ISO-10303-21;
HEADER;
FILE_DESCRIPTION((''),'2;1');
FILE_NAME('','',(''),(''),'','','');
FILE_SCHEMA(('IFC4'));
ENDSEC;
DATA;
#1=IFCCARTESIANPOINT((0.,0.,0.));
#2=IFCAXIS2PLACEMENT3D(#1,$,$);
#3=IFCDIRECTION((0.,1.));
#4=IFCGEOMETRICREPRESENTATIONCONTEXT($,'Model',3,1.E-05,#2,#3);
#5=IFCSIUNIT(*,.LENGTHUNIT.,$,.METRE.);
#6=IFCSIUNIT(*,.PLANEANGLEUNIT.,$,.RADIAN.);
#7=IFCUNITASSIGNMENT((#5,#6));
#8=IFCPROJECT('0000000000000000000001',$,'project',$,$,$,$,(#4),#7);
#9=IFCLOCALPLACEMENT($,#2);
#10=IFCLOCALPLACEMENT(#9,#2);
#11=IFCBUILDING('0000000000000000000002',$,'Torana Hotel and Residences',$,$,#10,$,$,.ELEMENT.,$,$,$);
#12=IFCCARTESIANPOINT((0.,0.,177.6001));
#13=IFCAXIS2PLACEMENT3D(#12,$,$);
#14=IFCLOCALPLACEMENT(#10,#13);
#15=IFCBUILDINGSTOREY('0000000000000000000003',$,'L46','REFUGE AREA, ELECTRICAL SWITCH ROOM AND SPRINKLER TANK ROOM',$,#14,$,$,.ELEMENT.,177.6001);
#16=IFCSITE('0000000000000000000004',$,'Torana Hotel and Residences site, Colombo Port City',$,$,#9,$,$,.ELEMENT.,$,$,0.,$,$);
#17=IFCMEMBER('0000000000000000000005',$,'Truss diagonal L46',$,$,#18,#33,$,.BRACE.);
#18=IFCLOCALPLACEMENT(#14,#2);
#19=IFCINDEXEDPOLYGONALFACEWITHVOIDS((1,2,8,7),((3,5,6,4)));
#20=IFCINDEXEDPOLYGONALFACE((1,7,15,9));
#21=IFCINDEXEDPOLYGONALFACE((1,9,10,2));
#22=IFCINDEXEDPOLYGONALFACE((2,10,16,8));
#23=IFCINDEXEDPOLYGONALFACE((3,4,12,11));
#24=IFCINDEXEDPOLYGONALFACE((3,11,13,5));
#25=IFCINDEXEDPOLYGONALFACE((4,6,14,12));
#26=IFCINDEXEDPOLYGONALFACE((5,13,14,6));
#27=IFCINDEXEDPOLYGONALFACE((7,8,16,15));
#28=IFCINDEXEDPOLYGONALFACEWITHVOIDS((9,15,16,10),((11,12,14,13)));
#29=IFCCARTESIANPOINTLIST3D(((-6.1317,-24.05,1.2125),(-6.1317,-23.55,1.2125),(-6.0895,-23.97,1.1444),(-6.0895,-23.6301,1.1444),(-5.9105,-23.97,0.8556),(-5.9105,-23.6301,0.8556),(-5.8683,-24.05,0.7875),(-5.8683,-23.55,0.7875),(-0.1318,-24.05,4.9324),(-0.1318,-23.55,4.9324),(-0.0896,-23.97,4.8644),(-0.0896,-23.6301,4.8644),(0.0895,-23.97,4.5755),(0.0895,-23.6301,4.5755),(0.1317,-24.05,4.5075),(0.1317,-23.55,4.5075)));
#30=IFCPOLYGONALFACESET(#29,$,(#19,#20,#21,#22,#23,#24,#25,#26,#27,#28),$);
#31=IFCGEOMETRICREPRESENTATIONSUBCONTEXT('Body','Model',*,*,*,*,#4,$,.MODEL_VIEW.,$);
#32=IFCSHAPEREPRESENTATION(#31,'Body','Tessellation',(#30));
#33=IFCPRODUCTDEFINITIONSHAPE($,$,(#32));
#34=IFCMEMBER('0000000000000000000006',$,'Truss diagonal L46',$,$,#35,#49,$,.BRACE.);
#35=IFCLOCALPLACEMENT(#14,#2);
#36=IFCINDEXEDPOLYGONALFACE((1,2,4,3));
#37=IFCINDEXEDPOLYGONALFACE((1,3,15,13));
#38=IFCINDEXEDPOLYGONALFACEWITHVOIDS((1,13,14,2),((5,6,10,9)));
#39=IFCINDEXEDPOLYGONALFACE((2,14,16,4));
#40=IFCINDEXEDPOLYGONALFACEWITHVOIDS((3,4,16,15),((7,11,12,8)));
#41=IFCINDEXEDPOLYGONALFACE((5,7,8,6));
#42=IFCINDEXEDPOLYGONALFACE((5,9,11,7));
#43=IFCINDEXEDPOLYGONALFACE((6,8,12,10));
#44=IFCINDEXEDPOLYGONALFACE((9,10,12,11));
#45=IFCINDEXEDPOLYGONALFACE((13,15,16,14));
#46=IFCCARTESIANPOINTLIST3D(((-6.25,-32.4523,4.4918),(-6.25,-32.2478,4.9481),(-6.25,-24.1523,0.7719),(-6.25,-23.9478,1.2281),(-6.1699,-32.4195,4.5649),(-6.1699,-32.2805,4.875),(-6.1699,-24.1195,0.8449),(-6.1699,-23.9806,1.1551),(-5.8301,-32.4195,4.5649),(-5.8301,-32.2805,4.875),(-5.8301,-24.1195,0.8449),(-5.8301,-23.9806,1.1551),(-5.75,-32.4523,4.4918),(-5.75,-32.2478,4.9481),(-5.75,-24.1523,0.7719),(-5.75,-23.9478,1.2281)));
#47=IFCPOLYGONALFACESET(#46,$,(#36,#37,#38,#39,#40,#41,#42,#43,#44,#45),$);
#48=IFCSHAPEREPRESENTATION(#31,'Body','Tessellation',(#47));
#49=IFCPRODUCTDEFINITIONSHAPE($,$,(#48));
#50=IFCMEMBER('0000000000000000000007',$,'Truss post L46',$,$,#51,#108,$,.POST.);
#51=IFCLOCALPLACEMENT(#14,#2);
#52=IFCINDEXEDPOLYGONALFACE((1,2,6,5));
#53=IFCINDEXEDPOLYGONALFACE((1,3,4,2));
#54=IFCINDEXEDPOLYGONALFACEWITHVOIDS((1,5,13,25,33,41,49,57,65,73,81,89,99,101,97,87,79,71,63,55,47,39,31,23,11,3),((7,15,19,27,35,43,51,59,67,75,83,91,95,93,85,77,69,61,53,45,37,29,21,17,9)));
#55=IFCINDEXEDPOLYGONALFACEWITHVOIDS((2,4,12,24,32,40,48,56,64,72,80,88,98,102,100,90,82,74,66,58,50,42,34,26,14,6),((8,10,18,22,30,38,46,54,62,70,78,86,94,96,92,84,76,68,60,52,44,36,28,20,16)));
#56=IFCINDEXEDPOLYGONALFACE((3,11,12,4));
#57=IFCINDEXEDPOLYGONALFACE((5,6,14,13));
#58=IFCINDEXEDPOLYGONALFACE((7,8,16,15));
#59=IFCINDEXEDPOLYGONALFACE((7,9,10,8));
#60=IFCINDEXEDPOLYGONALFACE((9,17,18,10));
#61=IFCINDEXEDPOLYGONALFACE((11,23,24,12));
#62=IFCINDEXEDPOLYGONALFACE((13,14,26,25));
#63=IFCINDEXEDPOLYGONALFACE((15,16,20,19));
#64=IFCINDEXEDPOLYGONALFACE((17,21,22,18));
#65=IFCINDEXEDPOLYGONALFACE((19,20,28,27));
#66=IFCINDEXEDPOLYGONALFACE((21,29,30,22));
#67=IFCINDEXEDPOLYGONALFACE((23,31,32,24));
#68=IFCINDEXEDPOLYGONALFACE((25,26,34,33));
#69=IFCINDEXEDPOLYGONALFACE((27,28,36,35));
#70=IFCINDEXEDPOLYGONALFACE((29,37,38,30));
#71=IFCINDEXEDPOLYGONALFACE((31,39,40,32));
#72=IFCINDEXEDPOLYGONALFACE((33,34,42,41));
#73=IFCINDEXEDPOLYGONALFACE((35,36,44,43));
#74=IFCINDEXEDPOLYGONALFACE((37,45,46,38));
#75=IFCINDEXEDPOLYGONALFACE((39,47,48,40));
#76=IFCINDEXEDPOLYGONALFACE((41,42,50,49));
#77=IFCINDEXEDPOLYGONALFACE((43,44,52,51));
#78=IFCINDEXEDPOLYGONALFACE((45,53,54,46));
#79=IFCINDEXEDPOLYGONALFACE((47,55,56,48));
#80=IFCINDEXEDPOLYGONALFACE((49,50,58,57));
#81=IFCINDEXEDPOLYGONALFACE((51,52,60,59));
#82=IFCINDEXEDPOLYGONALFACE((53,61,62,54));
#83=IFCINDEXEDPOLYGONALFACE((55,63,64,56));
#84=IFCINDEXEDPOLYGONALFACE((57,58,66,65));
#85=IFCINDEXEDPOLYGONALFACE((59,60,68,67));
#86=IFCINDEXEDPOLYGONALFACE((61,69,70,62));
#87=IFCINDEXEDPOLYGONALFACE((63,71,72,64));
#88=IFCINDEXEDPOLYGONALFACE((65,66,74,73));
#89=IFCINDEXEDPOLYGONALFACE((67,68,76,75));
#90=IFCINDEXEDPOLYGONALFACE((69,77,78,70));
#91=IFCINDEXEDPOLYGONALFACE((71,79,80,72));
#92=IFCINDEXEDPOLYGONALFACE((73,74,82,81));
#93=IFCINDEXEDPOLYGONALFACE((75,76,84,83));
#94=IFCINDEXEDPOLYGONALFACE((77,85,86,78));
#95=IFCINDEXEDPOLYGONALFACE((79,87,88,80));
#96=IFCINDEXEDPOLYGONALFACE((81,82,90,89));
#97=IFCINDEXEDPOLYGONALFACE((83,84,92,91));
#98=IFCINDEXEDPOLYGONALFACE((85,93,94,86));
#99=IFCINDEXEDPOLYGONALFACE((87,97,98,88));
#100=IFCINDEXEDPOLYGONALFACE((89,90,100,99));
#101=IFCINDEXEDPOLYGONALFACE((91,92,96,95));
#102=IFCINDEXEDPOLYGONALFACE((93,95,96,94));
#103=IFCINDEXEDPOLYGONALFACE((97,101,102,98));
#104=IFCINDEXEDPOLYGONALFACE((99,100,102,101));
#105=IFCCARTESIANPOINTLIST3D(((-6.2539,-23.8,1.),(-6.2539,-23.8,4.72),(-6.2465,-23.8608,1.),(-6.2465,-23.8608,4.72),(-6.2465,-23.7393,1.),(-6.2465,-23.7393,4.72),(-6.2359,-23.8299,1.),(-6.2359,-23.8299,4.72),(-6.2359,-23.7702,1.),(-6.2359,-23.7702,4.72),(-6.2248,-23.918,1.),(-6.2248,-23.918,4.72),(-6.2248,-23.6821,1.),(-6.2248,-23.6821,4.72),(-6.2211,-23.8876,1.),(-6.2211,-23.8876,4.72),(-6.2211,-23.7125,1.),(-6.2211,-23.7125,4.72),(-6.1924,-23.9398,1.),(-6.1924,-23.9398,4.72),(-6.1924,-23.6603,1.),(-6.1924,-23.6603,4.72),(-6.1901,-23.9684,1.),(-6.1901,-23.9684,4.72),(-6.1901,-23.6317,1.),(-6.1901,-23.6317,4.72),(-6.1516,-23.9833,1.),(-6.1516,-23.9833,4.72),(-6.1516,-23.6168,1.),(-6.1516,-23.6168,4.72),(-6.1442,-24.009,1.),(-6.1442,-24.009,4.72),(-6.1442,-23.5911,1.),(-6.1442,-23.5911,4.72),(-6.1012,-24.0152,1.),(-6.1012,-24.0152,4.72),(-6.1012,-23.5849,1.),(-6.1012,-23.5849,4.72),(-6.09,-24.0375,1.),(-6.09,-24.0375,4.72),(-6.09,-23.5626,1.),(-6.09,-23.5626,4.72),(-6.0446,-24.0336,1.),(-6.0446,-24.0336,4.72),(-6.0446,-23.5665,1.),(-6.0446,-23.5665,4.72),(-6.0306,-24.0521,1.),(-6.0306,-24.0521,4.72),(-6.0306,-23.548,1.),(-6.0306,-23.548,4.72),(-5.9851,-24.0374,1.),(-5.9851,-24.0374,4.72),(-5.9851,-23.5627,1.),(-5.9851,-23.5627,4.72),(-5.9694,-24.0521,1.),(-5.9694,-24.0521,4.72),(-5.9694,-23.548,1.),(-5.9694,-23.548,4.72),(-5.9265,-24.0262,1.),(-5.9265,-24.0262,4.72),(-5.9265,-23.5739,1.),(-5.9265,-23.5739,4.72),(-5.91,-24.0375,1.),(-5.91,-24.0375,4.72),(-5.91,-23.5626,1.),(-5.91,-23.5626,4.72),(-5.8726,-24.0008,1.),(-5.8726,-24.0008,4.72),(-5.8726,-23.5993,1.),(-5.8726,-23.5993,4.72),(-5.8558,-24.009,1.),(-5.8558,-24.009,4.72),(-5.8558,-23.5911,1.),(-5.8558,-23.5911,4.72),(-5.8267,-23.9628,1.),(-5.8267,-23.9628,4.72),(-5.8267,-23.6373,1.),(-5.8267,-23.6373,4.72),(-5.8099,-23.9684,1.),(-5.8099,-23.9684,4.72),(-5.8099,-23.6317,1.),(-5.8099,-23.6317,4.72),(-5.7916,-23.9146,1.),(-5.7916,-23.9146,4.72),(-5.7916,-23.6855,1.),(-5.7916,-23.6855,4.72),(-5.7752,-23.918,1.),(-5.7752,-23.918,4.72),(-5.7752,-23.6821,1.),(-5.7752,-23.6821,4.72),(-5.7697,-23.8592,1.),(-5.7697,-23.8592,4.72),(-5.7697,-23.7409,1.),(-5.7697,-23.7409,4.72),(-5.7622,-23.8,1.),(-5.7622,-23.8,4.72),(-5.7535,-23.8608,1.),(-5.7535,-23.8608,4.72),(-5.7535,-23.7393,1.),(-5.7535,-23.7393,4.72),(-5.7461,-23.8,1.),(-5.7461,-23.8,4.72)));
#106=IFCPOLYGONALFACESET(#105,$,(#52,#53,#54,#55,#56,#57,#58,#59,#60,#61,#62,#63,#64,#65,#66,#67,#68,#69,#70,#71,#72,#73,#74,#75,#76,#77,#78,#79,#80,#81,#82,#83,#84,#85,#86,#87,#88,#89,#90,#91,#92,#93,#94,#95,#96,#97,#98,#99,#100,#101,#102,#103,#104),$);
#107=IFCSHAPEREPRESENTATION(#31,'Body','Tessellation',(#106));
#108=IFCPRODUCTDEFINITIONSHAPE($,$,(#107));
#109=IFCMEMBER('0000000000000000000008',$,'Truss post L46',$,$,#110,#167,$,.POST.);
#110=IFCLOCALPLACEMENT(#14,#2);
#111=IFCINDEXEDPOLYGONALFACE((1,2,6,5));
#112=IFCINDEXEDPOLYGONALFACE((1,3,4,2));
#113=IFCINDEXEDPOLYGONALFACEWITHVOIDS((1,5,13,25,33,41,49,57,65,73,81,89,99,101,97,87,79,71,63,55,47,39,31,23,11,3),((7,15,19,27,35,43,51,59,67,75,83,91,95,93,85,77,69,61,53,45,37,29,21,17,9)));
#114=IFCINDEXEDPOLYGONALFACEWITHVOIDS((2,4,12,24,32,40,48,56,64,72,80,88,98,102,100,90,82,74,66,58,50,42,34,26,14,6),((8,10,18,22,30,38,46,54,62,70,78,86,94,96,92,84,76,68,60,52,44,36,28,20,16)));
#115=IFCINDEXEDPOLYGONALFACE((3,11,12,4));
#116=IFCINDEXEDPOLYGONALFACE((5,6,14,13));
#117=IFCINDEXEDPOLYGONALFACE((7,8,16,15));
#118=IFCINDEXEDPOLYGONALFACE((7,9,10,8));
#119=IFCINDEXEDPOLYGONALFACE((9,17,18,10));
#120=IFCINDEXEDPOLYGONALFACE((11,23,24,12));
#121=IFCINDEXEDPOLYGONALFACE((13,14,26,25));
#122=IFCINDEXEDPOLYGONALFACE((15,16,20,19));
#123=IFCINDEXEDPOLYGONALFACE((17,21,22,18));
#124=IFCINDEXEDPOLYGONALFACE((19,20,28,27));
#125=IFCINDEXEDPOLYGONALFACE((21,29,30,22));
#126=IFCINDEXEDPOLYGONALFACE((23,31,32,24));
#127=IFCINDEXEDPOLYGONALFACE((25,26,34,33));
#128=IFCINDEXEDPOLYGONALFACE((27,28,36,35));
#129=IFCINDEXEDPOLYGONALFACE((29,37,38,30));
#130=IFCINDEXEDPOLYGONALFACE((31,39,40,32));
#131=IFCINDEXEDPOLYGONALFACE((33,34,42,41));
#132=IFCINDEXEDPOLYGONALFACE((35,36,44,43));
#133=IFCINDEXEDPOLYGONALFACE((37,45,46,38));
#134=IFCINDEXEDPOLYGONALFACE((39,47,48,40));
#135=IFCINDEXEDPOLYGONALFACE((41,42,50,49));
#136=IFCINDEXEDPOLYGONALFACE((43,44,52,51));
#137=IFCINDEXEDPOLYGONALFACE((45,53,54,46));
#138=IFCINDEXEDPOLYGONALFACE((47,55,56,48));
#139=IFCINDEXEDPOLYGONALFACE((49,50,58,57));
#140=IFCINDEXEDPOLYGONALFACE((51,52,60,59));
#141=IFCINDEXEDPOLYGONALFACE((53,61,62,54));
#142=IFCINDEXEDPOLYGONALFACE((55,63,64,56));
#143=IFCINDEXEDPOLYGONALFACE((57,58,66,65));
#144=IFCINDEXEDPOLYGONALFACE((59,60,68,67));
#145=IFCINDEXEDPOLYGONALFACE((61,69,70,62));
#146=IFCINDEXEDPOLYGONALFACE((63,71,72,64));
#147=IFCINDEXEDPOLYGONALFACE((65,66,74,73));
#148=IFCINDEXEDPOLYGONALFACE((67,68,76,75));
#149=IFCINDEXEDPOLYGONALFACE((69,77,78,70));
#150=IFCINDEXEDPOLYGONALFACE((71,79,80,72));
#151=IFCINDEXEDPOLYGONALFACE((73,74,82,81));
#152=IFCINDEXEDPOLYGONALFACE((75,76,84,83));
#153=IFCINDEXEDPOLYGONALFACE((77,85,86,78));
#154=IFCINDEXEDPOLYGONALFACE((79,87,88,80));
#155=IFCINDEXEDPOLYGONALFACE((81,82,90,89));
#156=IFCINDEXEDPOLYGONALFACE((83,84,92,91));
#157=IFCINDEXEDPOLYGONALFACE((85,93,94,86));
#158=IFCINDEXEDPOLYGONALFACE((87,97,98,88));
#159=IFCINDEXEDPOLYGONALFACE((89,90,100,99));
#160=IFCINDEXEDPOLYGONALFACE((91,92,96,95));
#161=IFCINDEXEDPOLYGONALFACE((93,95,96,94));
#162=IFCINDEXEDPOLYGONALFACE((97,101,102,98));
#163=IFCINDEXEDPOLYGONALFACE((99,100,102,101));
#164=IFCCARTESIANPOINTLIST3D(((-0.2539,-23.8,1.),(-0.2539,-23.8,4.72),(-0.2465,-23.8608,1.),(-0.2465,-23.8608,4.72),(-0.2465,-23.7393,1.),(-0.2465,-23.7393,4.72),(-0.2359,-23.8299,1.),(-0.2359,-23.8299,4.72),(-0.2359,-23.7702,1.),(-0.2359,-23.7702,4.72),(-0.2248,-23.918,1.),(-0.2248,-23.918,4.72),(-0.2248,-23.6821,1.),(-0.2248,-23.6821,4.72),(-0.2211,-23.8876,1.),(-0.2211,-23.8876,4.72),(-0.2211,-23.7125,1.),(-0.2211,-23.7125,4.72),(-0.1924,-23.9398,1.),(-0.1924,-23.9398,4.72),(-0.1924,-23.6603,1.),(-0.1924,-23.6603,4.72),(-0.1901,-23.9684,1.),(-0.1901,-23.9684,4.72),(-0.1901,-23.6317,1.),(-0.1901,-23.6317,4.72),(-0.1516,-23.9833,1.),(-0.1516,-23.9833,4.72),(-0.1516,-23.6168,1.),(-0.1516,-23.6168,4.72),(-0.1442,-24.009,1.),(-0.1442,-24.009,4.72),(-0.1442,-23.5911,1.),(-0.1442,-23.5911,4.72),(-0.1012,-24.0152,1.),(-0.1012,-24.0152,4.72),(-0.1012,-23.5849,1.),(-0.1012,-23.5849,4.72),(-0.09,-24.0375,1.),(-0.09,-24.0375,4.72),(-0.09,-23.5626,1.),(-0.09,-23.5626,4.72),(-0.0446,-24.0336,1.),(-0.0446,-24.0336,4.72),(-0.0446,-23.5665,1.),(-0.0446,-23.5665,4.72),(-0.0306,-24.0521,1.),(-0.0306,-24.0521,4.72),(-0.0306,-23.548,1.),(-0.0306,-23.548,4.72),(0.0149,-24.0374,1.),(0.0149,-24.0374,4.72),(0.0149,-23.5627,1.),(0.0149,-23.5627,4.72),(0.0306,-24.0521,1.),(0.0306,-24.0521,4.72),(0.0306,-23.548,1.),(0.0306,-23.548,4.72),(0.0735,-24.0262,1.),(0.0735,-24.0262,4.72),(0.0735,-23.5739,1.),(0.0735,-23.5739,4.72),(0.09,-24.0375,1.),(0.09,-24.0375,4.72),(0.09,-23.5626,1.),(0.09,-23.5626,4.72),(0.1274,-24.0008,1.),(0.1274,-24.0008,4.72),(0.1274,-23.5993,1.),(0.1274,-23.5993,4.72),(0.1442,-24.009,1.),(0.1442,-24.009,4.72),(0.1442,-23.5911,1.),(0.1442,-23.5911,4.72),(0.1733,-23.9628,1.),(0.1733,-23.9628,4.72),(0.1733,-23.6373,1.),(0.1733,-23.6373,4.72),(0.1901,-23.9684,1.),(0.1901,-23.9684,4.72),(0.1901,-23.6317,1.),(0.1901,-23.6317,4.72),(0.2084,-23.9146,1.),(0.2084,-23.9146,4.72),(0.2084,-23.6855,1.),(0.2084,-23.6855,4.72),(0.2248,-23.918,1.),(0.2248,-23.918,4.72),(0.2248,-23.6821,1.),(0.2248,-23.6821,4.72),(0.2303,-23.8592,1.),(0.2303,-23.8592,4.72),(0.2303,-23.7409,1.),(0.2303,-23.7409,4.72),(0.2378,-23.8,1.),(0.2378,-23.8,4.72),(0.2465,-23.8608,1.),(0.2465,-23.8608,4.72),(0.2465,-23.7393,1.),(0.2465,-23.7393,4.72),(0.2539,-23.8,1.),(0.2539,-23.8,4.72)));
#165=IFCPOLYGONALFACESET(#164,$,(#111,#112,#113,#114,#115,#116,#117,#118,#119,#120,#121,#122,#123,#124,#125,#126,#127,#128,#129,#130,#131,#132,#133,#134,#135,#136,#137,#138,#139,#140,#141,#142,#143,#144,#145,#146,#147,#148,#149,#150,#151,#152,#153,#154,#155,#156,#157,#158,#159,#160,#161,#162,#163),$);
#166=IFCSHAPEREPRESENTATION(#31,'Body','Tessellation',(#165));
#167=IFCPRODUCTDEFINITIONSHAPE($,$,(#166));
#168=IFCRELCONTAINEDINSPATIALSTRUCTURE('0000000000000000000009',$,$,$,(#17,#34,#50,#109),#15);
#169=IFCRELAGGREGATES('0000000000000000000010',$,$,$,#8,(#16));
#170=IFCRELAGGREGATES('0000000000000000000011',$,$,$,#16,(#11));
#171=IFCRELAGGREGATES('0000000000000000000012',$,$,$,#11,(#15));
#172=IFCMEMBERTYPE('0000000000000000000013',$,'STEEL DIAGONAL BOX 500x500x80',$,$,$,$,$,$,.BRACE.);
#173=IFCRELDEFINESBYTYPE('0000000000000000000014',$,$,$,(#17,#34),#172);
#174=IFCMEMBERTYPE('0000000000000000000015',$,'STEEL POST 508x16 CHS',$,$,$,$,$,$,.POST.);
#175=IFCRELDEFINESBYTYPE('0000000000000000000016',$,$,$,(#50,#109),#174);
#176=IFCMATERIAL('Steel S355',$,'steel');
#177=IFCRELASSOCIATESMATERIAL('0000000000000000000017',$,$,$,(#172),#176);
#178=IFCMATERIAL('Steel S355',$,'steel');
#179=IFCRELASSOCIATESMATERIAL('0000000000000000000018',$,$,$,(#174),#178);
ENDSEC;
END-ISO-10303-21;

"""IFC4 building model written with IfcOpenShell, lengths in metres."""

from ifc_helpers import new_model, si_unit, direction, frame, origin, origin_2d, place, context, subcontext, project, spatial, hollow_rectangle, hollow_circle, extrude, material, material_profile, profile_set, type_object, element, save


model = new_model("IFC4")

# Units and contexts
model_context = context("Model", 3, precision=1e-05, world=origin(), true_north=direction((0.0, 1.0)))
body_context = subcontext(model_context, "Body", "Model", "MODEL_VIEW")
ifc_project = project(units=[si_unit("LENGTHUNIT", "METRE"), si_unit("PLANEANGLEUNIT", "RADIAN")], contexts=[model_context])

# Site, building, storey
site_placement = place(None, origin())
site = spatial("IfcSite", under=ifc_project, at=site_placement, Name="Torana Hotel and Residences site, Colombo Port City", CompositionType="ELEMENT", RefElevation=0.0)
building_placement = place(site_placement, origin())
building = spatial("IfcBuilding", under=site, at=building_placement, Name="Torana Hotel and Residences", CompositionType="ELEMENT")
storey_placement = place(building_placement, frame((0.0, 0.0, 177.6001)))
storey = spatial("IfcBuildingStorey", under=building, at=storey_placement, Name="L46", Description="REFUGE AREA, ELECTRICAL SWITCH ROOM AND SPRINKLER TANK ROOM", CompositionType="ELEMENT", Elevation=177.6001)

# Members
ifc_material_1 = material(Name="Steel S355", Category="steel")
ifc_material_profile_1 = material_profile(ifc_material_1, hollow_rectangle(XDim=0.5, YDim=0.5, WallThickness=0.0801, at=origin_2d()), Name="BOX 500x500x80")
ifc_profile_set_1 = profile_set([ifc_material_profile_1], Name="Steel S355")
member_type_1 = type_object("IfcMemberType", Name="STEEL DIAGONAL BOX 500x500x80", PredefinedType="BRACE", material=ifc_profile_set_1)
for number, where, z_axis, x_axis, name in (
    (1, (-6.0, -23.8, 1.0), (0.849905, 0.0, 0.526937), (0.0, 1.0, 0.0), "Truss diagonal L46"),
):
    element("IfcMember", number, at=place(storey_placement, frame(where, z_axis=z_axis, x_axis=x_axis)), inside=storey, type_object=member_type_1, Name=name, PredefinedType="BRACE", context=body_context, shape_type="SweptSolid", body=[
        extrude(hollow_rectangle(XDim=0.5, YDim=0.5, WallThickness=0.0801, at=origin_2d()), origin(), (0.0, 0.0, 1.0), 7.0596),
    ])
member_1_placement = place(storey_placement, frame((-6.0, -24.05, 1.0), z_axis=(0.0, -0.91254, 0.408988), x_axis=(1.0, 0.0, 0.0)))
element("IfcMember", 2, at=member_1_placement, inside=storey, type_object=member_type_1, Name="Truss diagonal L46", PredefinedType="BRACE", context=body_context, shape_type="SweptSolid", body=[
    extrude(hollow_rectangle(XDim=0.5, YDim=0.5, WallThickness=0.0801, at=origin_2d()), origin(), (0.0, 0.0, 1.0), 9.0955),
])
ifc_material_2 = material(Name="Steel S355", Category="steel")
ifc_material_profile_2 = material_profile(ifc_material_2, hollow_circle(Radius=0.2539, WallThickness=0.0161, at=origin_2d()), Name="508x16 CHS")
ifc_profile_set_2 = profile_set([ifc_material_profile_2], Name="Steel S355")
member_type_2 = type_object("IfcMemberType", Name="STEEL POST 508x16 CHS", PredefinedType="POST", material=ifc_profile_set_2)
for number, where, z_axis, x_axis, name in (
    (3, (-6.0, -23.8, 1.0), (0.0, 0.0, 1.0), (1.0, 0.0, 0.0), "Truss post L46"),
    (4, (0.0, -23.8, 1.0), (0.0, 0.0, 1.0), (1.0, 0.0, 0.0), "Truss post L46"),
):
    element("IfcMember", number, at=place(storey_placement, frame(where, z_axis=z_axis, x_axis=x_axis)), inside=storey, type_object=member_type_2, Name=name, PredefinedType="POST", context=body_context, shape_type="SweptSolid", body=[
        extrude(hollow_circle(Radius=0.2539, WallThickness=0.0161, at=origin_2d()), origin(), (0.0, 0.0, 1.0), 3.72),
    ])

save(model, "model.ifc")
